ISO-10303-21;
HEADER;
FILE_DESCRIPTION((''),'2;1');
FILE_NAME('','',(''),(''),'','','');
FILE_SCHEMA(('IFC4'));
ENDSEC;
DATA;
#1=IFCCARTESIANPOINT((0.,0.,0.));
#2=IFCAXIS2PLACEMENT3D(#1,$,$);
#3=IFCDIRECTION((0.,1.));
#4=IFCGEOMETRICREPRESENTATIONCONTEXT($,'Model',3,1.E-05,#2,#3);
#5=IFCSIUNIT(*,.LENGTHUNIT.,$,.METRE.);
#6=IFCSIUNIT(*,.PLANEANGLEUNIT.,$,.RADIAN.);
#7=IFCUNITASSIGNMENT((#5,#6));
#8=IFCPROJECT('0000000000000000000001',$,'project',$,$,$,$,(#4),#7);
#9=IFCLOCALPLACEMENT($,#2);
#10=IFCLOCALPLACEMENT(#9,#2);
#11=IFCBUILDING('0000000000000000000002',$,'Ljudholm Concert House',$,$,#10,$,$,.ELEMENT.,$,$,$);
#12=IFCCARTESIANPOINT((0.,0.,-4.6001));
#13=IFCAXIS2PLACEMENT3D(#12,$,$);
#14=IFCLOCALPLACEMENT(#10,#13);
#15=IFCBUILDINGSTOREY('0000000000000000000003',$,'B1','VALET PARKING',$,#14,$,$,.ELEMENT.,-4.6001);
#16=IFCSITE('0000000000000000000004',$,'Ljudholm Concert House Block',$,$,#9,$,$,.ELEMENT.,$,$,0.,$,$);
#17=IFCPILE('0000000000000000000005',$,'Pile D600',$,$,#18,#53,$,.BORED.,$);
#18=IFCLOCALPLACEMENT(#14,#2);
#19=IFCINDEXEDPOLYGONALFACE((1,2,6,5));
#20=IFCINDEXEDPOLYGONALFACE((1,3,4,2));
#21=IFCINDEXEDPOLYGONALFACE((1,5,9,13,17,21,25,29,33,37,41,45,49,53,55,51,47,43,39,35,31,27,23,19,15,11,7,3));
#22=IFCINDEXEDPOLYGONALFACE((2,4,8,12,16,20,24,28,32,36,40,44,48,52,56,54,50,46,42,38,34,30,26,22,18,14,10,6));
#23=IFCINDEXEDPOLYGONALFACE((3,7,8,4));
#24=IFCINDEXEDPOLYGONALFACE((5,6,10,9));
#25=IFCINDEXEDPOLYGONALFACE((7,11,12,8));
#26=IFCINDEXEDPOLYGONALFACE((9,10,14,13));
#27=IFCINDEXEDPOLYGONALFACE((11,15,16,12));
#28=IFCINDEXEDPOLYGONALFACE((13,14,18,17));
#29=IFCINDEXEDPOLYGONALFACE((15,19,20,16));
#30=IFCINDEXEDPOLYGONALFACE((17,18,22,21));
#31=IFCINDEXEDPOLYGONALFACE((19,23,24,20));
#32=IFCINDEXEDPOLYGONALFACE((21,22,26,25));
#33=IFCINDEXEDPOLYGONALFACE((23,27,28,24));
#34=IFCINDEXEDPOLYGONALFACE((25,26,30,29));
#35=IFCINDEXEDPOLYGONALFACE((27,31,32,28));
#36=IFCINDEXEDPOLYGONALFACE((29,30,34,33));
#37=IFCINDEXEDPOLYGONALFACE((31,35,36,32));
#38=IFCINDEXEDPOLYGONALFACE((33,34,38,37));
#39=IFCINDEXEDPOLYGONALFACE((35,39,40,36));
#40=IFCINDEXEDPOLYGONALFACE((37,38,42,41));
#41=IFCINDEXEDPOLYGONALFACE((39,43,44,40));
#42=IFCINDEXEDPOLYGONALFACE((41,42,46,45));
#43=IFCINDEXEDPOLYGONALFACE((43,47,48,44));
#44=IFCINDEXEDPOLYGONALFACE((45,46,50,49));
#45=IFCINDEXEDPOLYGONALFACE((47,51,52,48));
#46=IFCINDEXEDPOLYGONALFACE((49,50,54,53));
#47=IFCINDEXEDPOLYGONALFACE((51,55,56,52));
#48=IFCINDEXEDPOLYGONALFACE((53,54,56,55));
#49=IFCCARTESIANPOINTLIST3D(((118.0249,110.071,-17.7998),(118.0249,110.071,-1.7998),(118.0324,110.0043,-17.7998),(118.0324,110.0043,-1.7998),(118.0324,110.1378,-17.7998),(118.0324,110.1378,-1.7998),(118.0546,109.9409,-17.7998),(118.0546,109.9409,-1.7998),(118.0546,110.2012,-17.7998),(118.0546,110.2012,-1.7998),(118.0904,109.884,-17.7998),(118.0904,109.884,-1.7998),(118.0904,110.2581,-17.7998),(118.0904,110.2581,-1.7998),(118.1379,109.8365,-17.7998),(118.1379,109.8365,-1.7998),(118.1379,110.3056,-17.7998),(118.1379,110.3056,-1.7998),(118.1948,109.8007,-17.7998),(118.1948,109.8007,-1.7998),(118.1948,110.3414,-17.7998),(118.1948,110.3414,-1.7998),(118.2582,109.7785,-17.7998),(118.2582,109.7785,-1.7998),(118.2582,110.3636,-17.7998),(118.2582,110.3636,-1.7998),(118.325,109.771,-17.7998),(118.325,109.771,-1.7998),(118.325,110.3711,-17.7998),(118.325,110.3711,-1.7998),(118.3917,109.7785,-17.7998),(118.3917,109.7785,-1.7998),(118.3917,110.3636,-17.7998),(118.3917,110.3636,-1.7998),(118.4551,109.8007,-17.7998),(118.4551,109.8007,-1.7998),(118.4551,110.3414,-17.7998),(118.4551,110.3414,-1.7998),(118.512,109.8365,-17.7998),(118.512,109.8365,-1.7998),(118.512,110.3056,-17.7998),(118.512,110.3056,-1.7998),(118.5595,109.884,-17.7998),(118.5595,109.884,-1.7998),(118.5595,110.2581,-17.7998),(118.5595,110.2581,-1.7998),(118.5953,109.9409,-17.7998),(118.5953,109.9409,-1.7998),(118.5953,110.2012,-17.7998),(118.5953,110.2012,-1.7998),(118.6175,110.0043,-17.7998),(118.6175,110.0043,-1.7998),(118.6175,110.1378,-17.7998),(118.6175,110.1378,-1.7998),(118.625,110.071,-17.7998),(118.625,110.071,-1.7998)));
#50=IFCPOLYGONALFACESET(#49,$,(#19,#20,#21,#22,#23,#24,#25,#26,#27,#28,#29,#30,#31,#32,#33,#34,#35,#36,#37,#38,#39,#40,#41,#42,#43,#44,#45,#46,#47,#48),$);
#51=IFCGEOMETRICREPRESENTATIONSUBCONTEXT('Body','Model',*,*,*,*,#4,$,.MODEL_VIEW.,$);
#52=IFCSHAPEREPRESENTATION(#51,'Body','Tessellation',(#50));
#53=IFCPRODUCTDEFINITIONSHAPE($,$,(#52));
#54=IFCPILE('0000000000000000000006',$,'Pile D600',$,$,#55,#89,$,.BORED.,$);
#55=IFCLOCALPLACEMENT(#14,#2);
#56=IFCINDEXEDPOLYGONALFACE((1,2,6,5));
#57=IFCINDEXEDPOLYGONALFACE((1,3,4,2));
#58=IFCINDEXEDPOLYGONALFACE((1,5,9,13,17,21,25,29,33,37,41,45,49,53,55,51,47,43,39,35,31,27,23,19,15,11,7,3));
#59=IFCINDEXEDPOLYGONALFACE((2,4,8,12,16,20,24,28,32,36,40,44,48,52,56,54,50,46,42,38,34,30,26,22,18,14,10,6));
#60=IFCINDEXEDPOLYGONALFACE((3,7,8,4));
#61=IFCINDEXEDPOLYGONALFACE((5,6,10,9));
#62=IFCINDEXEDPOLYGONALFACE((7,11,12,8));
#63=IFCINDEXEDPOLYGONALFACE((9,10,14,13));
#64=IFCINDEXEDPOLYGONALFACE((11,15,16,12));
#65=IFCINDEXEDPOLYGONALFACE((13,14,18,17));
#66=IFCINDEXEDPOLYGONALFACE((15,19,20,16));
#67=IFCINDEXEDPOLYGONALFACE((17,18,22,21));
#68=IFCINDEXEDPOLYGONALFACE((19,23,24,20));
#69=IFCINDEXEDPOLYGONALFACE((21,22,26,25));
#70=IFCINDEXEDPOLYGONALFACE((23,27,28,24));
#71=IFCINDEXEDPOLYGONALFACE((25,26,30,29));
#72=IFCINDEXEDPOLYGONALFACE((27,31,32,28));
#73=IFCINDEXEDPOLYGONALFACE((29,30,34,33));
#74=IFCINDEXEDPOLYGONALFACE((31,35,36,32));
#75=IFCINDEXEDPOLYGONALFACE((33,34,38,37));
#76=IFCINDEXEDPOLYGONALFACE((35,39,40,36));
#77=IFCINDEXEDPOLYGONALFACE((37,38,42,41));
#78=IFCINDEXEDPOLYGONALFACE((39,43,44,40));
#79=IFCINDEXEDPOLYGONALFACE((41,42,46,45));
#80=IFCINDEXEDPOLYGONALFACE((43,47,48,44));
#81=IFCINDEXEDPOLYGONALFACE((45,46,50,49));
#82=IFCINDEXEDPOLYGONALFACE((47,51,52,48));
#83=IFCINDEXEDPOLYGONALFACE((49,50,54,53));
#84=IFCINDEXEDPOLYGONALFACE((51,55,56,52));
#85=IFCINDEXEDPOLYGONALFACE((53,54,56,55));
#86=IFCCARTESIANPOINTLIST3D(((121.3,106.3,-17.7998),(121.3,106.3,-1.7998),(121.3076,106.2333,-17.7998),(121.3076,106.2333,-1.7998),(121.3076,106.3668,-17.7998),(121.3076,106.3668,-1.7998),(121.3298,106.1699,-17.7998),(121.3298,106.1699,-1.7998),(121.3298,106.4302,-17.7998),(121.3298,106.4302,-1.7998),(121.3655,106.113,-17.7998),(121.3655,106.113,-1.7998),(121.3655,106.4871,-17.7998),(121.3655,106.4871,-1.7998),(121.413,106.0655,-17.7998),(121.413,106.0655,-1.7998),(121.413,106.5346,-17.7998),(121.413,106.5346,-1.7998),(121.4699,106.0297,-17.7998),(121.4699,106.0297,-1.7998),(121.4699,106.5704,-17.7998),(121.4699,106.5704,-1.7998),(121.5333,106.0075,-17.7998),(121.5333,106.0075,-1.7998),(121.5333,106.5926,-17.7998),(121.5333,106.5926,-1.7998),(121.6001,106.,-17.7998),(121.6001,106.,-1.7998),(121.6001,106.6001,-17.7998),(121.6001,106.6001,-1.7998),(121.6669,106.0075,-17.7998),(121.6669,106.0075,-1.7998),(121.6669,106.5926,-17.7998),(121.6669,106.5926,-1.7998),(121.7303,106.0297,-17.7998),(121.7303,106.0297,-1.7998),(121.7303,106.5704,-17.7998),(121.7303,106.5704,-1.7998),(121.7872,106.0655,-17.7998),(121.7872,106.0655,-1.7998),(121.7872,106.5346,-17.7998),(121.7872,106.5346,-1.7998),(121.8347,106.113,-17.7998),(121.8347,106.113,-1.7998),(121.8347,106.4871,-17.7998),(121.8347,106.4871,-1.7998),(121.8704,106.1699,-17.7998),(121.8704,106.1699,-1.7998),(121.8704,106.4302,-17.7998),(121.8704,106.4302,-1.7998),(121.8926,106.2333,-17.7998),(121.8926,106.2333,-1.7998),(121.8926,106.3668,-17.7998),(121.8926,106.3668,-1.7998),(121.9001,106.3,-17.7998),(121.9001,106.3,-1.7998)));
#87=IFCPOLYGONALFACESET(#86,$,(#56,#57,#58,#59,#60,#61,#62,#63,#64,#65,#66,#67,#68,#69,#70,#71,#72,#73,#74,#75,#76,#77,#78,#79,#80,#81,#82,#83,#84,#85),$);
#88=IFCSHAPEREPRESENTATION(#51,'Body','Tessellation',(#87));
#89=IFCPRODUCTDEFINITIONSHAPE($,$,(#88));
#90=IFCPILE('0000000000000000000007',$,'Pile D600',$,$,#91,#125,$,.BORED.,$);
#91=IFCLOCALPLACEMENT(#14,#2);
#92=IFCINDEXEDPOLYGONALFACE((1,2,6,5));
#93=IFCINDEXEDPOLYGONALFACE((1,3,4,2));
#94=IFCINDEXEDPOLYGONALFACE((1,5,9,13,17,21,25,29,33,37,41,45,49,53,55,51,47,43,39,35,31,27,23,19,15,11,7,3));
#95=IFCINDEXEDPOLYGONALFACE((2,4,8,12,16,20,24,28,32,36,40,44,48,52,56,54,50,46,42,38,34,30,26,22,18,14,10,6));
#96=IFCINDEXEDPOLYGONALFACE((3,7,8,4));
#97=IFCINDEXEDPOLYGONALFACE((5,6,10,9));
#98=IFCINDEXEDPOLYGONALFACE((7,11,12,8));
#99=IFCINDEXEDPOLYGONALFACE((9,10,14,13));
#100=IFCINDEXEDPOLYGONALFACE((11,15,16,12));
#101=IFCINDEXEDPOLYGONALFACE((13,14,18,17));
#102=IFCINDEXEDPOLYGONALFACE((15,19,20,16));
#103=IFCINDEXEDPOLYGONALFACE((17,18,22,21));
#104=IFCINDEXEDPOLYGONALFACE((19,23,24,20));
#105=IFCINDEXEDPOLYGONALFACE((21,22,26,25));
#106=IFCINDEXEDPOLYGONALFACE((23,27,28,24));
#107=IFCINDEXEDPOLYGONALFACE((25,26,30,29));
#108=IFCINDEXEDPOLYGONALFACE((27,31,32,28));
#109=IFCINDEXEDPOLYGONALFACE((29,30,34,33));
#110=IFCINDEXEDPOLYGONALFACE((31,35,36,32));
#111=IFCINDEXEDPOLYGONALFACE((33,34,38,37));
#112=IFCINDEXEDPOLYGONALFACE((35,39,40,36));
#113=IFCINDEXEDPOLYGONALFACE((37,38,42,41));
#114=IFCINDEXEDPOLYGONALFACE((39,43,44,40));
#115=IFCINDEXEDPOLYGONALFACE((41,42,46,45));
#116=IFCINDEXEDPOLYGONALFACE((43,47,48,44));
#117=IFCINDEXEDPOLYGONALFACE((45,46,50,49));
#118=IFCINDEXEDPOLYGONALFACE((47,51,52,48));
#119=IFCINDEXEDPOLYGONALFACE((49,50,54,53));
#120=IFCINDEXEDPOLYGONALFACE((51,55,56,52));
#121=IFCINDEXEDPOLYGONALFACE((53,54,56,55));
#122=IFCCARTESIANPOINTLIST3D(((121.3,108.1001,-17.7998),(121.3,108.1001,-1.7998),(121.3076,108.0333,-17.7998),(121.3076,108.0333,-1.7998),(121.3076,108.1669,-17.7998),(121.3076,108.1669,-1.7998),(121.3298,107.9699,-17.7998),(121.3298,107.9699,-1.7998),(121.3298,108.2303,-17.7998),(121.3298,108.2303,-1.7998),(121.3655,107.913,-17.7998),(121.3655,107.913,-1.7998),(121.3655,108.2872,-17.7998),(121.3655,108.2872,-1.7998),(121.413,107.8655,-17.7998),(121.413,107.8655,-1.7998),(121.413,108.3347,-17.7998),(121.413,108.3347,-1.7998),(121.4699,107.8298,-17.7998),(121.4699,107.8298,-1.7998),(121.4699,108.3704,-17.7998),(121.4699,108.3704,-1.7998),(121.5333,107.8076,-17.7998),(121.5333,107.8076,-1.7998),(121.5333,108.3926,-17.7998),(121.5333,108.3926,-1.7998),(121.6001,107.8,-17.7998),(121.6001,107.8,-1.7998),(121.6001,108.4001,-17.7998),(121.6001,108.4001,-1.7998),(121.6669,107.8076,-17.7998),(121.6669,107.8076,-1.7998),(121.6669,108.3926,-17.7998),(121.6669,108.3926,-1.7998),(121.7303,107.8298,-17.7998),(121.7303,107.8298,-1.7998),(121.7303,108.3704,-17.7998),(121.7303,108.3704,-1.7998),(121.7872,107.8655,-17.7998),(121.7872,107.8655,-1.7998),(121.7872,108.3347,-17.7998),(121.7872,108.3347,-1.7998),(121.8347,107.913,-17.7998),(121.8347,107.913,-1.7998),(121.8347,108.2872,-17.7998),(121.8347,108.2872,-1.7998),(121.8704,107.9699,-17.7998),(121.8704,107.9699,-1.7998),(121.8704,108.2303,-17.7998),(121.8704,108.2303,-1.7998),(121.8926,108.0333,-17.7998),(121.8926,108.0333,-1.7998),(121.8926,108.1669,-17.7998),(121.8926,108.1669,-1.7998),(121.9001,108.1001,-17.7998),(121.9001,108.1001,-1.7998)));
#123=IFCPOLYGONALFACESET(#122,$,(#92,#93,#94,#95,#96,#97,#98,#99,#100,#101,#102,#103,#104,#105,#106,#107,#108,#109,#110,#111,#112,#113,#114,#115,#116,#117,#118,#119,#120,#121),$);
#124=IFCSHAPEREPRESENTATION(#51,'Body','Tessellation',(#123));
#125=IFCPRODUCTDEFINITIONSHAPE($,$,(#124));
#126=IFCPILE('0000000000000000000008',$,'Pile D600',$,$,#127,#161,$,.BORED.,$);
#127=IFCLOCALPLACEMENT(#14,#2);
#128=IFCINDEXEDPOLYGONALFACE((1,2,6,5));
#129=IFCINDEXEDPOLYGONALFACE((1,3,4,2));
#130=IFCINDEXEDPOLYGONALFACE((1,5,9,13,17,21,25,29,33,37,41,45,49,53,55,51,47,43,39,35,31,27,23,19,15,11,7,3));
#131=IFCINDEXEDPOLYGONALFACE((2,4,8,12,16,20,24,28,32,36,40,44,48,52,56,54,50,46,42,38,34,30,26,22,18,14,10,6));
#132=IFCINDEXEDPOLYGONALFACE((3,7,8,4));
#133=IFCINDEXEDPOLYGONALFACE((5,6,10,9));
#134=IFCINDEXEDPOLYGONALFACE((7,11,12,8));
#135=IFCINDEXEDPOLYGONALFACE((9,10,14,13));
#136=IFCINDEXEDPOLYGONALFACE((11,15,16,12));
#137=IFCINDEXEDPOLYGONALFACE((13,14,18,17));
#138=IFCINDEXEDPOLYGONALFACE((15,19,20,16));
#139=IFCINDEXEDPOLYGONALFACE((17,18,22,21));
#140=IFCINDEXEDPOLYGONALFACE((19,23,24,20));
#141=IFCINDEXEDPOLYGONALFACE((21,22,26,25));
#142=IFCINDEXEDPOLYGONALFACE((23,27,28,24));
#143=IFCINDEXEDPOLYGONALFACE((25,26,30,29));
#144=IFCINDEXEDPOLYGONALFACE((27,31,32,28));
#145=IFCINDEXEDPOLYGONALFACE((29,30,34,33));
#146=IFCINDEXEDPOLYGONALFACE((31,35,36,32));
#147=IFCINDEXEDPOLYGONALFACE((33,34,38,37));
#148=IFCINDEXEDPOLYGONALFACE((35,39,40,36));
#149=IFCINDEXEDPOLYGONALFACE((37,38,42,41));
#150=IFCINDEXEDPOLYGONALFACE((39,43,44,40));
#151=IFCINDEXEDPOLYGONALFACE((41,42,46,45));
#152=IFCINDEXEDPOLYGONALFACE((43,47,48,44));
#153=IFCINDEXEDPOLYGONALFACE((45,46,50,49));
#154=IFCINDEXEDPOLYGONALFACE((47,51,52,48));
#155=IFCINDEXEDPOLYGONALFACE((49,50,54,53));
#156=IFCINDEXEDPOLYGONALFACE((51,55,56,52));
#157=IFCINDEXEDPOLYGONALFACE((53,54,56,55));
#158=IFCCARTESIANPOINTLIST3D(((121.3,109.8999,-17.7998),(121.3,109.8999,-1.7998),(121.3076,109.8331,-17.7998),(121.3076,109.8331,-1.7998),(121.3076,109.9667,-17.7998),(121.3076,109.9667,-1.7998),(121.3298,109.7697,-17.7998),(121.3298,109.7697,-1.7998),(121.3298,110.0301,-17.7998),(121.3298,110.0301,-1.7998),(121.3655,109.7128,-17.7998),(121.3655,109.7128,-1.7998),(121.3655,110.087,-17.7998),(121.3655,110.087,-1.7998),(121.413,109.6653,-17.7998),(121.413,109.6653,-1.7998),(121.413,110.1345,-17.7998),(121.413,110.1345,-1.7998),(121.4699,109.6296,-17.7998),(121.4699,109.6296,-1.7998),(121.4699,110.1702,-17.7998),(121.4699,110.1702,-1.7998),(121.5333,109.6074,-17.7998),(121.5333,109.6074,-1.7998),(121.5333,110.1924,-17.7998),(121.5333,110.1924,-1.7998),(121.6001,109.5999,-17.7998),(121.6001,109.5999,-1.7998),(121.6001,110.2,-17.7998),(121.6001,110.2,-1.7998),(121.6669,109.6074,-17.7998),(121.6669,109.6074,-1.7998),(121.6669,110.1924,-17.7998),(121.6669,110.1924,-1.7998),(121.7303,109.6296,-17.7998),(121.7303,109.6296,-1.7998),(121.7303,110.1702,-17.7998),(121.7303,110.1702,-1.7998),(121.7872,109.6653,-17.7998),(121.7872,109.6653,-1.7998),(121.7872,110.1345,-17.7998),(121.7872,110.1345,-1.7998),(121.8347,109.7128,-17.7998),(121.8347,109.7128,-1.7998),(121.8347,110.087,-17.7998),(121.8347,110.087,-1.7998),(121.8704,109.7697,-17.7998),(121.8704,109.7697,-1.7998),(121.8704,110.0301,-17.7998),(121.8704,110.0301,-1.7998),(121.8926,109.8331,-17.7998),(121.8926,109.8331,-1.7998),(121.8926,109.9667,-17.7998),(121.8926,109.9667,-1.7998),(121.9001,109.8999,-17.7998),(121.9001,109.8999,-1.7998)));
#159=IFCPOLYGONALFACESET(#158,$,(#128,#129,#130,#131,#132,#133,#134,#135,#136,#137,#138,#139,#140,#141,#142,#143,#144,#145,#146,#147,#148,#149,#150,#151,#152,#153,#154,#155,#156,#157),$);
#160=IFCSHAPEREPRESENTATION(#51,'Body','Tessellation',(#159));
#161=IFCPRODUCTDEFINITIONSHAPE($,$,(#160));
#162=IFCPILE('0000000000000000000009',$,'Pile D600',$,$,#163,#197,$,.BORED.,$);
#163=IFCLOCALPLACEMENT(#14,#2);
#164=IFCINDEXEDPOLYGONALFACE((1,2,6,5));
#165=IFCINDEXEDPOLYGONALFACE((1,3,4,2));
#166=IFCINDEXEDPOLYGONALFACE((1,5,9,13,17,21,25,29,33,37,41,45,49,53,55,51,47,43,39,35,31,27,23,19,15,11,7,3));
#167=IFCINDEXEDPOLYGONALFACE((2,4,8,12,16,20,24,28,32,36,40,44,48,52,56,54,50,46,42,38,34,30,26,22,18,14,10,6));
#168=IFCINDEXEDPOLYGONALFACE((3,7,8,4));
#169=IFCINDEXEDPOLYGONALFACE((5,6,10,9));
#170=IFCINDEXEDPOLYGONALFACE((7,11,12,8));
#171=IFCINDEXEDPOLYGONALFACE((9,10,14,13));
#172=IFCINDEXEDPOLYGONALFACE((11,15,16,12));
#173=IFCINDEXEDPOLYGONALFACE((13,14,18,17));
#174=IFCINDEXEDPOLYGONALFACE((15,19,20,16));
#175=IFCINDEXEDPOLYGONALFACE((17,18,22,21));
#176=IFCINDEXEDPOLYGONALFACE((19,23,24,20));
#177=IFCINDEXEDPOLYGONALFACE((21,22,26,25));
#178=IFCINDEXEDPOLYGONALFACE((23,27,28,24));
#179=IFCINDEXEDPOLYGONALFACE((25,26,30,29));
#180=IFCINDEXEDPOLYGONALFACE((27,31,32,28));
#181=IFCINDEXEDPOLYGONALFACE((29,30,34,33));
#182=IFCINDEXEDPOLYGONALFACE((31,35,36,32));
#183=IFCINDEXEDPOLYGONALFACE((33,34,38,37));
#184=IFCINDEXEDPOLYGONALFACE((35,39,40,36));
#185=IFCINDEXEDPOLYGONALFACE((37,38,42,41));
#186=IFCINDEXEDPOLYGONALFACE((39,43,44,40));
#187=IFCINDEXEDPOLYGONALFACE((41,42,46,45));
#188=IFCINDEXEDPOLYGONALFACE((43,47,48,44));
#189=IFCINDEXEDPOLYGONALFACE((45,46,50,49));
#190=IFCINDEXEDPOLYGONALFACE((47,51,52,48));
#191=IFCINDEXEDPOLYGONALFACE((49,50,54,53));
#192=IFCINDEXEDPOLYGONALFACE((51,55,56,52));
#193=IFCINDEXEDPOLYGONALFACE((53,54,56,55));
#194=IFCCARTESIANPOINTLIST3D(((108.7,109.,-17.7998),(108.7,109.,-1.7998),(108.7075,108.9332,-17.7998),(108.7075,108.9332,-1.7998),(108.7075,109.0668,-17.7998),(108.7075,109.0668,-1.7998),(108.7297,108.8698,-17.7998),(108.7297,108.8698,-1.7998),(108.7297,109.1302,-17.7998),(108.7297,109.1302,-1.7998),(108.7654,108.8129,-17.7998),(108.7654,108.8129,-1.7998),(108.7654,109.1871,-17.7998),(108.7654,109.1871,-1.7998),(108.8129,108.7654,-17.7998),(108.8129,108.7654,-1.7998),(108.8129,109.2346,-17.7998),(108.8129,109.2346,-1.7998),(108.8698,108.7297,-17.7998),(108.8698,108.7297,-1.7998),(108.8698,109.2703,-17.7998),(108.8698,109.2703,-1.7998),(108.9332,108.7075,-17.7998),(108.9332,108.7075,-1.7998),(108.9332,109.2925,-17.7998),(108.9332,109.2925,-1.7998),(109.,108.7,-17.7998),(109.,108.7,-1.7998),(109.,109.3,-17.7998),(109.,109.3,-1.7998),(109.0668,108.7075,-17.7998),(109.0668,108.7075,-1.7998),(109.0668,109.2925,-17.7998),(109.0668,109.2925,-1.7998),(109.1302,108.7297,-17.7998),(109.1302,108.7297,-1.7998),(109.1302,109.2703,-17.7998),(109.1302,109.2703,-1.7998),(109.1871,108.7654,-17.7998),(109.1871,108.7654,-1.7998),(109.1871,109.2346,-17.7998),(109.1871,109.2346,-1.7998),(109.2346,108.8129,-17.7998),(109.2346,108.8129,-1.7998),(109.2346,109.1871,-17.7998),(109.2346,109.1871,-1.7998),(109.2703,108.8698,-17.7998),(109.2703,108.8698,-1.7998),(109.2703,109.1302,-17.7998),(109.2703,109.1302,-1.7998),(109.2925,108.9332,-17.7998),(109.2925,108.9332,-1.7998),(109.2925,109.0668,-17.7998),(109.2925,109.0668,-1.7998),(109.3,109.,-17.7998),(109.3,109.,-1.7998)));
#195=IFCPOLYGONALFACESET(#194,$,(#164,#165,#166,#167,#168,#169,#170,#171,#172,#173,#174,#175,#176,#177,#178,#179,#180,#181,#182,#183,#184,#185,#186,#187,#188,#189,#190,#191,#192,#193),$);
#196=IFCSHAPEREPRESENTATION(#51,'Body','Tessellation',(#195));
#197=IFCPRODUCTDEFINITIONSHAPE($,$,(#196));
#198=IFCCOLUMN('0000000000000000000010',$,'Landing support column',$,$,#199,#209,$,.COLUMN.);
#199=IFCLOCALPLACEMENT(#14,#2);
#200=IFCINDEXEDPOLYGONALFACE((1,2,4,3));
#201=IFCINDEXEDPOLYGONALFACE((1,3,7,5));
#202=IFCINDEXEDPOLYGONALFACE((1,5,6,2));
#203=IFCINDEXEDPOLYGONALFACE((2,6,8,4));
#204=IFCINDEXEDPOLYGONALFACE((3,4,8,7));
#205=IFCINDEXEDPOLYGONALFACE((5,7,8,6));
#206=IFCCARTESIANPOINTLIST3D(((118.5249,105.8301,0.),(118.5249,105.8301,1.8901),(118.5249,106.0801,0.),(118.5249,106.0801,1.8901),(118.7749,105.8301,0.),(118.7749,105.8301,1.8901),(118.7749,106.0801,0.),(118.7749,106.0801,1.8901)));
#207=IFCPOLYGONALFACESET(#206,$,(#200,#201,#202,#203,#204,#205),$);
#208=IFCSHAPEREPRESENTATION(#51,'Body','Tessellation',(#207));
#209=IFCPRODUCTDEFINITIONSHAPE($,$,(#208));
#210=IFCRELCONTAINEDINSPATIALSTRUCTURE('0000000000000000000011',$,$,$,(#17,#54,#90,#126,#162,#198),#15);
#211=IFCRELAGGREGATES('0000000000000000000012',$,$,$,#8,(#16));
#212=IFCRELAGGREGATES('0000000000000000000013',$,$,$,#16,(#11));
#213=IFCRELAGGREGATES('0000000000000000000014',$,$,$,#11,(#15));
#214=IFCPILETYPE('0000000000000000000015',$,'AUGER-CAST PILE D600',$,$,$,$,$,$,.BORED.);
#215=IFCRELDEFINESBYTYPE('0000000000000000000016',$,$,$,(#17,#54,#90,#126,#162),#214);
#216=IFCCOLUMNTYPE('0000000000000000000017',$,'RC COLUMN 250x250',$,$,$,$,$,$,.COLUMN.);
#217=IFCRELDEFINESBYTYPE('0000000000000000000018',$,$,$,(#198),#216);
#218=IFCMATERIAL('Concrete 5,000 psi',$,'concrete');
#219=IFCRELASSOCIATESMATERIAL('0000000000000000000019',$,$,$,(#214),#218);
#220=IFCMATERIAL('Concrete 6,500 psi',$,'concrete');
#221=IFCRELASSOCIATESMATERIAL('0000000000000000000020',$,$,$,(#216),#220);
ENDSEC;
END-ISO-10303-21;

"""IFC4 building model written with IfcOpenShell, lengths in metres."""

from ifc_helpers import new_model, si_unit, direction, frame, origin, origin_2d, place, context, subcontext, project, spatial, rectangle, circle, extrude, material, material_profile, profile_set, type_object, element, save


model = new_model("IFC4")

# Units and contexts
model_context = context("Model", 3, precision=1e-05, world=origin(), true_north=direction((0.0, 1.0)))
body_context = subcontext(model_context, "Body", "Model", "MODEL_VIEW")
ifc_project = project(units=[si_unit("LENGTHUNIT", "METRE"), si_unit("PLANEANGLEUNIT", "RADIAN")], contexts=[model_context])

# Site, building, storey
site_placement = place(None, origin())
site = spatial("IfcSite", under=ifc_project, at=site_placement, Name="Ljudholm Concert House Block", CompositionType="ELEMENT", RefElevation=0.0)
building_placement = place(site_placement, origin())
building = spatial("IfcBuilding", under=site, at=building_placement, Name="Ljudholm Concert House", CompositionType="ELEMENT")
storey_placement = place(building_placement, frame((0.0, 0.0, -4.6001)))
storey = spatial("IfcBuildingStorey", under=building, at=storey_placement, Name="B1", Description="VALET PARKING", CompositionType="ELEMENT", Elevation=-4.6001)

# Piles
ifc_material_1 = material(Name="Concrete 5,000 psi", Category="concrete")
ifc_material_profile_1 = material_profile(ifc_material_1, circle(Radius=0.3, at=origin_2d()), Name="AUGER-CAST PILE D600")
ifc_profile_set_1 = profile_set([ifc_material_profile_1], Name="Concrete 5,000 psi")
pile_type = type_object("IfcPileType", Name="AUGER-CAST PILE D600", PredefinedType="BORED", material=ifc_profile_set_1)
for number, where, z_axis, x_axis, name in (
    (1, (118.325, 110.071, -1.7998), (0.0, 0.0, -1.0), (1.0, 0.0, 0.0), "Pile D600"),
    (2, (121.6001, 106.3, -1.7998), (0.0, 0.0, -1.0), (1.0, 0.0, 0.0), "Pile D600"),
    (3, (121.6001, 108.1001, -1.7998), (0.0, 0.0, -1.0), (1.0, 0.0, 0.0), "Pile D600"),
    (4, (121.6001, 109.8999, -1.7998), (0.0, 0.0, -1.0), (1.0, 0.0, 0.0), "Pile D600"),
    (5, (109.0, 109.0, -1.7998), (0.0, 0.0, -1.0), (1.0, 0.0, 0.0), "Pile D600"),
):
    element("IfcPile", number, at=place(storey_placement, frame(where, z_axis=z_axis, x_axis=x_axis)), inside=storey, type_object=pile_type, Name=name, PredefinedType="BORED", context=body_context, shape_type="SweptSolid", body=[
        extrude(circle(Radius=0.3, at=origin_2d()), origin(), (0.0, 0.0, 1.0), 16.0),
    ])

# Column
ifc_material_2 = material(Name="Concrete 6,500 psi", Category="concrete")
ifc_material_profile_2 = material_profile(ifc_material_2, rectangle(XDim=0.25, YDim=0.25, at=origin_2d()), Name="RC COLUMN 250x250")
ifc_profile_set_2 = profile_set([ifc_material_profile_2], Name="Concrete 6,500 psi")
column_type = type_object("IfcColumnType", Name="RC COLUMN 250x250", PredefinedType="COLUMN", material=ifc_profile_set_2)
for number, where, z_axis, x_axis, name in (
    (6, (118.6499, 105.9551, 0.0), (0.0, 0.0, 1.0), (1.0, 0.0, 0.0), "Landing support column"),
):
    element("IfcColumn", number, at=place(storey_placement, frame(where, z_axis=z_axis, x_axis=x_axis)), inside=storey, type_object=column_type, Name=name, PredefinedType="COLUMN", context=body_context, shape_type="SweptSolid", body=[
        extrude(rectangle(XDim=0.25, YDim=0.25, at=origin_2d()), origin(), (0.0, 0.0, 1.0), 1.8901),
    ])

save(model, "model.ifc")
